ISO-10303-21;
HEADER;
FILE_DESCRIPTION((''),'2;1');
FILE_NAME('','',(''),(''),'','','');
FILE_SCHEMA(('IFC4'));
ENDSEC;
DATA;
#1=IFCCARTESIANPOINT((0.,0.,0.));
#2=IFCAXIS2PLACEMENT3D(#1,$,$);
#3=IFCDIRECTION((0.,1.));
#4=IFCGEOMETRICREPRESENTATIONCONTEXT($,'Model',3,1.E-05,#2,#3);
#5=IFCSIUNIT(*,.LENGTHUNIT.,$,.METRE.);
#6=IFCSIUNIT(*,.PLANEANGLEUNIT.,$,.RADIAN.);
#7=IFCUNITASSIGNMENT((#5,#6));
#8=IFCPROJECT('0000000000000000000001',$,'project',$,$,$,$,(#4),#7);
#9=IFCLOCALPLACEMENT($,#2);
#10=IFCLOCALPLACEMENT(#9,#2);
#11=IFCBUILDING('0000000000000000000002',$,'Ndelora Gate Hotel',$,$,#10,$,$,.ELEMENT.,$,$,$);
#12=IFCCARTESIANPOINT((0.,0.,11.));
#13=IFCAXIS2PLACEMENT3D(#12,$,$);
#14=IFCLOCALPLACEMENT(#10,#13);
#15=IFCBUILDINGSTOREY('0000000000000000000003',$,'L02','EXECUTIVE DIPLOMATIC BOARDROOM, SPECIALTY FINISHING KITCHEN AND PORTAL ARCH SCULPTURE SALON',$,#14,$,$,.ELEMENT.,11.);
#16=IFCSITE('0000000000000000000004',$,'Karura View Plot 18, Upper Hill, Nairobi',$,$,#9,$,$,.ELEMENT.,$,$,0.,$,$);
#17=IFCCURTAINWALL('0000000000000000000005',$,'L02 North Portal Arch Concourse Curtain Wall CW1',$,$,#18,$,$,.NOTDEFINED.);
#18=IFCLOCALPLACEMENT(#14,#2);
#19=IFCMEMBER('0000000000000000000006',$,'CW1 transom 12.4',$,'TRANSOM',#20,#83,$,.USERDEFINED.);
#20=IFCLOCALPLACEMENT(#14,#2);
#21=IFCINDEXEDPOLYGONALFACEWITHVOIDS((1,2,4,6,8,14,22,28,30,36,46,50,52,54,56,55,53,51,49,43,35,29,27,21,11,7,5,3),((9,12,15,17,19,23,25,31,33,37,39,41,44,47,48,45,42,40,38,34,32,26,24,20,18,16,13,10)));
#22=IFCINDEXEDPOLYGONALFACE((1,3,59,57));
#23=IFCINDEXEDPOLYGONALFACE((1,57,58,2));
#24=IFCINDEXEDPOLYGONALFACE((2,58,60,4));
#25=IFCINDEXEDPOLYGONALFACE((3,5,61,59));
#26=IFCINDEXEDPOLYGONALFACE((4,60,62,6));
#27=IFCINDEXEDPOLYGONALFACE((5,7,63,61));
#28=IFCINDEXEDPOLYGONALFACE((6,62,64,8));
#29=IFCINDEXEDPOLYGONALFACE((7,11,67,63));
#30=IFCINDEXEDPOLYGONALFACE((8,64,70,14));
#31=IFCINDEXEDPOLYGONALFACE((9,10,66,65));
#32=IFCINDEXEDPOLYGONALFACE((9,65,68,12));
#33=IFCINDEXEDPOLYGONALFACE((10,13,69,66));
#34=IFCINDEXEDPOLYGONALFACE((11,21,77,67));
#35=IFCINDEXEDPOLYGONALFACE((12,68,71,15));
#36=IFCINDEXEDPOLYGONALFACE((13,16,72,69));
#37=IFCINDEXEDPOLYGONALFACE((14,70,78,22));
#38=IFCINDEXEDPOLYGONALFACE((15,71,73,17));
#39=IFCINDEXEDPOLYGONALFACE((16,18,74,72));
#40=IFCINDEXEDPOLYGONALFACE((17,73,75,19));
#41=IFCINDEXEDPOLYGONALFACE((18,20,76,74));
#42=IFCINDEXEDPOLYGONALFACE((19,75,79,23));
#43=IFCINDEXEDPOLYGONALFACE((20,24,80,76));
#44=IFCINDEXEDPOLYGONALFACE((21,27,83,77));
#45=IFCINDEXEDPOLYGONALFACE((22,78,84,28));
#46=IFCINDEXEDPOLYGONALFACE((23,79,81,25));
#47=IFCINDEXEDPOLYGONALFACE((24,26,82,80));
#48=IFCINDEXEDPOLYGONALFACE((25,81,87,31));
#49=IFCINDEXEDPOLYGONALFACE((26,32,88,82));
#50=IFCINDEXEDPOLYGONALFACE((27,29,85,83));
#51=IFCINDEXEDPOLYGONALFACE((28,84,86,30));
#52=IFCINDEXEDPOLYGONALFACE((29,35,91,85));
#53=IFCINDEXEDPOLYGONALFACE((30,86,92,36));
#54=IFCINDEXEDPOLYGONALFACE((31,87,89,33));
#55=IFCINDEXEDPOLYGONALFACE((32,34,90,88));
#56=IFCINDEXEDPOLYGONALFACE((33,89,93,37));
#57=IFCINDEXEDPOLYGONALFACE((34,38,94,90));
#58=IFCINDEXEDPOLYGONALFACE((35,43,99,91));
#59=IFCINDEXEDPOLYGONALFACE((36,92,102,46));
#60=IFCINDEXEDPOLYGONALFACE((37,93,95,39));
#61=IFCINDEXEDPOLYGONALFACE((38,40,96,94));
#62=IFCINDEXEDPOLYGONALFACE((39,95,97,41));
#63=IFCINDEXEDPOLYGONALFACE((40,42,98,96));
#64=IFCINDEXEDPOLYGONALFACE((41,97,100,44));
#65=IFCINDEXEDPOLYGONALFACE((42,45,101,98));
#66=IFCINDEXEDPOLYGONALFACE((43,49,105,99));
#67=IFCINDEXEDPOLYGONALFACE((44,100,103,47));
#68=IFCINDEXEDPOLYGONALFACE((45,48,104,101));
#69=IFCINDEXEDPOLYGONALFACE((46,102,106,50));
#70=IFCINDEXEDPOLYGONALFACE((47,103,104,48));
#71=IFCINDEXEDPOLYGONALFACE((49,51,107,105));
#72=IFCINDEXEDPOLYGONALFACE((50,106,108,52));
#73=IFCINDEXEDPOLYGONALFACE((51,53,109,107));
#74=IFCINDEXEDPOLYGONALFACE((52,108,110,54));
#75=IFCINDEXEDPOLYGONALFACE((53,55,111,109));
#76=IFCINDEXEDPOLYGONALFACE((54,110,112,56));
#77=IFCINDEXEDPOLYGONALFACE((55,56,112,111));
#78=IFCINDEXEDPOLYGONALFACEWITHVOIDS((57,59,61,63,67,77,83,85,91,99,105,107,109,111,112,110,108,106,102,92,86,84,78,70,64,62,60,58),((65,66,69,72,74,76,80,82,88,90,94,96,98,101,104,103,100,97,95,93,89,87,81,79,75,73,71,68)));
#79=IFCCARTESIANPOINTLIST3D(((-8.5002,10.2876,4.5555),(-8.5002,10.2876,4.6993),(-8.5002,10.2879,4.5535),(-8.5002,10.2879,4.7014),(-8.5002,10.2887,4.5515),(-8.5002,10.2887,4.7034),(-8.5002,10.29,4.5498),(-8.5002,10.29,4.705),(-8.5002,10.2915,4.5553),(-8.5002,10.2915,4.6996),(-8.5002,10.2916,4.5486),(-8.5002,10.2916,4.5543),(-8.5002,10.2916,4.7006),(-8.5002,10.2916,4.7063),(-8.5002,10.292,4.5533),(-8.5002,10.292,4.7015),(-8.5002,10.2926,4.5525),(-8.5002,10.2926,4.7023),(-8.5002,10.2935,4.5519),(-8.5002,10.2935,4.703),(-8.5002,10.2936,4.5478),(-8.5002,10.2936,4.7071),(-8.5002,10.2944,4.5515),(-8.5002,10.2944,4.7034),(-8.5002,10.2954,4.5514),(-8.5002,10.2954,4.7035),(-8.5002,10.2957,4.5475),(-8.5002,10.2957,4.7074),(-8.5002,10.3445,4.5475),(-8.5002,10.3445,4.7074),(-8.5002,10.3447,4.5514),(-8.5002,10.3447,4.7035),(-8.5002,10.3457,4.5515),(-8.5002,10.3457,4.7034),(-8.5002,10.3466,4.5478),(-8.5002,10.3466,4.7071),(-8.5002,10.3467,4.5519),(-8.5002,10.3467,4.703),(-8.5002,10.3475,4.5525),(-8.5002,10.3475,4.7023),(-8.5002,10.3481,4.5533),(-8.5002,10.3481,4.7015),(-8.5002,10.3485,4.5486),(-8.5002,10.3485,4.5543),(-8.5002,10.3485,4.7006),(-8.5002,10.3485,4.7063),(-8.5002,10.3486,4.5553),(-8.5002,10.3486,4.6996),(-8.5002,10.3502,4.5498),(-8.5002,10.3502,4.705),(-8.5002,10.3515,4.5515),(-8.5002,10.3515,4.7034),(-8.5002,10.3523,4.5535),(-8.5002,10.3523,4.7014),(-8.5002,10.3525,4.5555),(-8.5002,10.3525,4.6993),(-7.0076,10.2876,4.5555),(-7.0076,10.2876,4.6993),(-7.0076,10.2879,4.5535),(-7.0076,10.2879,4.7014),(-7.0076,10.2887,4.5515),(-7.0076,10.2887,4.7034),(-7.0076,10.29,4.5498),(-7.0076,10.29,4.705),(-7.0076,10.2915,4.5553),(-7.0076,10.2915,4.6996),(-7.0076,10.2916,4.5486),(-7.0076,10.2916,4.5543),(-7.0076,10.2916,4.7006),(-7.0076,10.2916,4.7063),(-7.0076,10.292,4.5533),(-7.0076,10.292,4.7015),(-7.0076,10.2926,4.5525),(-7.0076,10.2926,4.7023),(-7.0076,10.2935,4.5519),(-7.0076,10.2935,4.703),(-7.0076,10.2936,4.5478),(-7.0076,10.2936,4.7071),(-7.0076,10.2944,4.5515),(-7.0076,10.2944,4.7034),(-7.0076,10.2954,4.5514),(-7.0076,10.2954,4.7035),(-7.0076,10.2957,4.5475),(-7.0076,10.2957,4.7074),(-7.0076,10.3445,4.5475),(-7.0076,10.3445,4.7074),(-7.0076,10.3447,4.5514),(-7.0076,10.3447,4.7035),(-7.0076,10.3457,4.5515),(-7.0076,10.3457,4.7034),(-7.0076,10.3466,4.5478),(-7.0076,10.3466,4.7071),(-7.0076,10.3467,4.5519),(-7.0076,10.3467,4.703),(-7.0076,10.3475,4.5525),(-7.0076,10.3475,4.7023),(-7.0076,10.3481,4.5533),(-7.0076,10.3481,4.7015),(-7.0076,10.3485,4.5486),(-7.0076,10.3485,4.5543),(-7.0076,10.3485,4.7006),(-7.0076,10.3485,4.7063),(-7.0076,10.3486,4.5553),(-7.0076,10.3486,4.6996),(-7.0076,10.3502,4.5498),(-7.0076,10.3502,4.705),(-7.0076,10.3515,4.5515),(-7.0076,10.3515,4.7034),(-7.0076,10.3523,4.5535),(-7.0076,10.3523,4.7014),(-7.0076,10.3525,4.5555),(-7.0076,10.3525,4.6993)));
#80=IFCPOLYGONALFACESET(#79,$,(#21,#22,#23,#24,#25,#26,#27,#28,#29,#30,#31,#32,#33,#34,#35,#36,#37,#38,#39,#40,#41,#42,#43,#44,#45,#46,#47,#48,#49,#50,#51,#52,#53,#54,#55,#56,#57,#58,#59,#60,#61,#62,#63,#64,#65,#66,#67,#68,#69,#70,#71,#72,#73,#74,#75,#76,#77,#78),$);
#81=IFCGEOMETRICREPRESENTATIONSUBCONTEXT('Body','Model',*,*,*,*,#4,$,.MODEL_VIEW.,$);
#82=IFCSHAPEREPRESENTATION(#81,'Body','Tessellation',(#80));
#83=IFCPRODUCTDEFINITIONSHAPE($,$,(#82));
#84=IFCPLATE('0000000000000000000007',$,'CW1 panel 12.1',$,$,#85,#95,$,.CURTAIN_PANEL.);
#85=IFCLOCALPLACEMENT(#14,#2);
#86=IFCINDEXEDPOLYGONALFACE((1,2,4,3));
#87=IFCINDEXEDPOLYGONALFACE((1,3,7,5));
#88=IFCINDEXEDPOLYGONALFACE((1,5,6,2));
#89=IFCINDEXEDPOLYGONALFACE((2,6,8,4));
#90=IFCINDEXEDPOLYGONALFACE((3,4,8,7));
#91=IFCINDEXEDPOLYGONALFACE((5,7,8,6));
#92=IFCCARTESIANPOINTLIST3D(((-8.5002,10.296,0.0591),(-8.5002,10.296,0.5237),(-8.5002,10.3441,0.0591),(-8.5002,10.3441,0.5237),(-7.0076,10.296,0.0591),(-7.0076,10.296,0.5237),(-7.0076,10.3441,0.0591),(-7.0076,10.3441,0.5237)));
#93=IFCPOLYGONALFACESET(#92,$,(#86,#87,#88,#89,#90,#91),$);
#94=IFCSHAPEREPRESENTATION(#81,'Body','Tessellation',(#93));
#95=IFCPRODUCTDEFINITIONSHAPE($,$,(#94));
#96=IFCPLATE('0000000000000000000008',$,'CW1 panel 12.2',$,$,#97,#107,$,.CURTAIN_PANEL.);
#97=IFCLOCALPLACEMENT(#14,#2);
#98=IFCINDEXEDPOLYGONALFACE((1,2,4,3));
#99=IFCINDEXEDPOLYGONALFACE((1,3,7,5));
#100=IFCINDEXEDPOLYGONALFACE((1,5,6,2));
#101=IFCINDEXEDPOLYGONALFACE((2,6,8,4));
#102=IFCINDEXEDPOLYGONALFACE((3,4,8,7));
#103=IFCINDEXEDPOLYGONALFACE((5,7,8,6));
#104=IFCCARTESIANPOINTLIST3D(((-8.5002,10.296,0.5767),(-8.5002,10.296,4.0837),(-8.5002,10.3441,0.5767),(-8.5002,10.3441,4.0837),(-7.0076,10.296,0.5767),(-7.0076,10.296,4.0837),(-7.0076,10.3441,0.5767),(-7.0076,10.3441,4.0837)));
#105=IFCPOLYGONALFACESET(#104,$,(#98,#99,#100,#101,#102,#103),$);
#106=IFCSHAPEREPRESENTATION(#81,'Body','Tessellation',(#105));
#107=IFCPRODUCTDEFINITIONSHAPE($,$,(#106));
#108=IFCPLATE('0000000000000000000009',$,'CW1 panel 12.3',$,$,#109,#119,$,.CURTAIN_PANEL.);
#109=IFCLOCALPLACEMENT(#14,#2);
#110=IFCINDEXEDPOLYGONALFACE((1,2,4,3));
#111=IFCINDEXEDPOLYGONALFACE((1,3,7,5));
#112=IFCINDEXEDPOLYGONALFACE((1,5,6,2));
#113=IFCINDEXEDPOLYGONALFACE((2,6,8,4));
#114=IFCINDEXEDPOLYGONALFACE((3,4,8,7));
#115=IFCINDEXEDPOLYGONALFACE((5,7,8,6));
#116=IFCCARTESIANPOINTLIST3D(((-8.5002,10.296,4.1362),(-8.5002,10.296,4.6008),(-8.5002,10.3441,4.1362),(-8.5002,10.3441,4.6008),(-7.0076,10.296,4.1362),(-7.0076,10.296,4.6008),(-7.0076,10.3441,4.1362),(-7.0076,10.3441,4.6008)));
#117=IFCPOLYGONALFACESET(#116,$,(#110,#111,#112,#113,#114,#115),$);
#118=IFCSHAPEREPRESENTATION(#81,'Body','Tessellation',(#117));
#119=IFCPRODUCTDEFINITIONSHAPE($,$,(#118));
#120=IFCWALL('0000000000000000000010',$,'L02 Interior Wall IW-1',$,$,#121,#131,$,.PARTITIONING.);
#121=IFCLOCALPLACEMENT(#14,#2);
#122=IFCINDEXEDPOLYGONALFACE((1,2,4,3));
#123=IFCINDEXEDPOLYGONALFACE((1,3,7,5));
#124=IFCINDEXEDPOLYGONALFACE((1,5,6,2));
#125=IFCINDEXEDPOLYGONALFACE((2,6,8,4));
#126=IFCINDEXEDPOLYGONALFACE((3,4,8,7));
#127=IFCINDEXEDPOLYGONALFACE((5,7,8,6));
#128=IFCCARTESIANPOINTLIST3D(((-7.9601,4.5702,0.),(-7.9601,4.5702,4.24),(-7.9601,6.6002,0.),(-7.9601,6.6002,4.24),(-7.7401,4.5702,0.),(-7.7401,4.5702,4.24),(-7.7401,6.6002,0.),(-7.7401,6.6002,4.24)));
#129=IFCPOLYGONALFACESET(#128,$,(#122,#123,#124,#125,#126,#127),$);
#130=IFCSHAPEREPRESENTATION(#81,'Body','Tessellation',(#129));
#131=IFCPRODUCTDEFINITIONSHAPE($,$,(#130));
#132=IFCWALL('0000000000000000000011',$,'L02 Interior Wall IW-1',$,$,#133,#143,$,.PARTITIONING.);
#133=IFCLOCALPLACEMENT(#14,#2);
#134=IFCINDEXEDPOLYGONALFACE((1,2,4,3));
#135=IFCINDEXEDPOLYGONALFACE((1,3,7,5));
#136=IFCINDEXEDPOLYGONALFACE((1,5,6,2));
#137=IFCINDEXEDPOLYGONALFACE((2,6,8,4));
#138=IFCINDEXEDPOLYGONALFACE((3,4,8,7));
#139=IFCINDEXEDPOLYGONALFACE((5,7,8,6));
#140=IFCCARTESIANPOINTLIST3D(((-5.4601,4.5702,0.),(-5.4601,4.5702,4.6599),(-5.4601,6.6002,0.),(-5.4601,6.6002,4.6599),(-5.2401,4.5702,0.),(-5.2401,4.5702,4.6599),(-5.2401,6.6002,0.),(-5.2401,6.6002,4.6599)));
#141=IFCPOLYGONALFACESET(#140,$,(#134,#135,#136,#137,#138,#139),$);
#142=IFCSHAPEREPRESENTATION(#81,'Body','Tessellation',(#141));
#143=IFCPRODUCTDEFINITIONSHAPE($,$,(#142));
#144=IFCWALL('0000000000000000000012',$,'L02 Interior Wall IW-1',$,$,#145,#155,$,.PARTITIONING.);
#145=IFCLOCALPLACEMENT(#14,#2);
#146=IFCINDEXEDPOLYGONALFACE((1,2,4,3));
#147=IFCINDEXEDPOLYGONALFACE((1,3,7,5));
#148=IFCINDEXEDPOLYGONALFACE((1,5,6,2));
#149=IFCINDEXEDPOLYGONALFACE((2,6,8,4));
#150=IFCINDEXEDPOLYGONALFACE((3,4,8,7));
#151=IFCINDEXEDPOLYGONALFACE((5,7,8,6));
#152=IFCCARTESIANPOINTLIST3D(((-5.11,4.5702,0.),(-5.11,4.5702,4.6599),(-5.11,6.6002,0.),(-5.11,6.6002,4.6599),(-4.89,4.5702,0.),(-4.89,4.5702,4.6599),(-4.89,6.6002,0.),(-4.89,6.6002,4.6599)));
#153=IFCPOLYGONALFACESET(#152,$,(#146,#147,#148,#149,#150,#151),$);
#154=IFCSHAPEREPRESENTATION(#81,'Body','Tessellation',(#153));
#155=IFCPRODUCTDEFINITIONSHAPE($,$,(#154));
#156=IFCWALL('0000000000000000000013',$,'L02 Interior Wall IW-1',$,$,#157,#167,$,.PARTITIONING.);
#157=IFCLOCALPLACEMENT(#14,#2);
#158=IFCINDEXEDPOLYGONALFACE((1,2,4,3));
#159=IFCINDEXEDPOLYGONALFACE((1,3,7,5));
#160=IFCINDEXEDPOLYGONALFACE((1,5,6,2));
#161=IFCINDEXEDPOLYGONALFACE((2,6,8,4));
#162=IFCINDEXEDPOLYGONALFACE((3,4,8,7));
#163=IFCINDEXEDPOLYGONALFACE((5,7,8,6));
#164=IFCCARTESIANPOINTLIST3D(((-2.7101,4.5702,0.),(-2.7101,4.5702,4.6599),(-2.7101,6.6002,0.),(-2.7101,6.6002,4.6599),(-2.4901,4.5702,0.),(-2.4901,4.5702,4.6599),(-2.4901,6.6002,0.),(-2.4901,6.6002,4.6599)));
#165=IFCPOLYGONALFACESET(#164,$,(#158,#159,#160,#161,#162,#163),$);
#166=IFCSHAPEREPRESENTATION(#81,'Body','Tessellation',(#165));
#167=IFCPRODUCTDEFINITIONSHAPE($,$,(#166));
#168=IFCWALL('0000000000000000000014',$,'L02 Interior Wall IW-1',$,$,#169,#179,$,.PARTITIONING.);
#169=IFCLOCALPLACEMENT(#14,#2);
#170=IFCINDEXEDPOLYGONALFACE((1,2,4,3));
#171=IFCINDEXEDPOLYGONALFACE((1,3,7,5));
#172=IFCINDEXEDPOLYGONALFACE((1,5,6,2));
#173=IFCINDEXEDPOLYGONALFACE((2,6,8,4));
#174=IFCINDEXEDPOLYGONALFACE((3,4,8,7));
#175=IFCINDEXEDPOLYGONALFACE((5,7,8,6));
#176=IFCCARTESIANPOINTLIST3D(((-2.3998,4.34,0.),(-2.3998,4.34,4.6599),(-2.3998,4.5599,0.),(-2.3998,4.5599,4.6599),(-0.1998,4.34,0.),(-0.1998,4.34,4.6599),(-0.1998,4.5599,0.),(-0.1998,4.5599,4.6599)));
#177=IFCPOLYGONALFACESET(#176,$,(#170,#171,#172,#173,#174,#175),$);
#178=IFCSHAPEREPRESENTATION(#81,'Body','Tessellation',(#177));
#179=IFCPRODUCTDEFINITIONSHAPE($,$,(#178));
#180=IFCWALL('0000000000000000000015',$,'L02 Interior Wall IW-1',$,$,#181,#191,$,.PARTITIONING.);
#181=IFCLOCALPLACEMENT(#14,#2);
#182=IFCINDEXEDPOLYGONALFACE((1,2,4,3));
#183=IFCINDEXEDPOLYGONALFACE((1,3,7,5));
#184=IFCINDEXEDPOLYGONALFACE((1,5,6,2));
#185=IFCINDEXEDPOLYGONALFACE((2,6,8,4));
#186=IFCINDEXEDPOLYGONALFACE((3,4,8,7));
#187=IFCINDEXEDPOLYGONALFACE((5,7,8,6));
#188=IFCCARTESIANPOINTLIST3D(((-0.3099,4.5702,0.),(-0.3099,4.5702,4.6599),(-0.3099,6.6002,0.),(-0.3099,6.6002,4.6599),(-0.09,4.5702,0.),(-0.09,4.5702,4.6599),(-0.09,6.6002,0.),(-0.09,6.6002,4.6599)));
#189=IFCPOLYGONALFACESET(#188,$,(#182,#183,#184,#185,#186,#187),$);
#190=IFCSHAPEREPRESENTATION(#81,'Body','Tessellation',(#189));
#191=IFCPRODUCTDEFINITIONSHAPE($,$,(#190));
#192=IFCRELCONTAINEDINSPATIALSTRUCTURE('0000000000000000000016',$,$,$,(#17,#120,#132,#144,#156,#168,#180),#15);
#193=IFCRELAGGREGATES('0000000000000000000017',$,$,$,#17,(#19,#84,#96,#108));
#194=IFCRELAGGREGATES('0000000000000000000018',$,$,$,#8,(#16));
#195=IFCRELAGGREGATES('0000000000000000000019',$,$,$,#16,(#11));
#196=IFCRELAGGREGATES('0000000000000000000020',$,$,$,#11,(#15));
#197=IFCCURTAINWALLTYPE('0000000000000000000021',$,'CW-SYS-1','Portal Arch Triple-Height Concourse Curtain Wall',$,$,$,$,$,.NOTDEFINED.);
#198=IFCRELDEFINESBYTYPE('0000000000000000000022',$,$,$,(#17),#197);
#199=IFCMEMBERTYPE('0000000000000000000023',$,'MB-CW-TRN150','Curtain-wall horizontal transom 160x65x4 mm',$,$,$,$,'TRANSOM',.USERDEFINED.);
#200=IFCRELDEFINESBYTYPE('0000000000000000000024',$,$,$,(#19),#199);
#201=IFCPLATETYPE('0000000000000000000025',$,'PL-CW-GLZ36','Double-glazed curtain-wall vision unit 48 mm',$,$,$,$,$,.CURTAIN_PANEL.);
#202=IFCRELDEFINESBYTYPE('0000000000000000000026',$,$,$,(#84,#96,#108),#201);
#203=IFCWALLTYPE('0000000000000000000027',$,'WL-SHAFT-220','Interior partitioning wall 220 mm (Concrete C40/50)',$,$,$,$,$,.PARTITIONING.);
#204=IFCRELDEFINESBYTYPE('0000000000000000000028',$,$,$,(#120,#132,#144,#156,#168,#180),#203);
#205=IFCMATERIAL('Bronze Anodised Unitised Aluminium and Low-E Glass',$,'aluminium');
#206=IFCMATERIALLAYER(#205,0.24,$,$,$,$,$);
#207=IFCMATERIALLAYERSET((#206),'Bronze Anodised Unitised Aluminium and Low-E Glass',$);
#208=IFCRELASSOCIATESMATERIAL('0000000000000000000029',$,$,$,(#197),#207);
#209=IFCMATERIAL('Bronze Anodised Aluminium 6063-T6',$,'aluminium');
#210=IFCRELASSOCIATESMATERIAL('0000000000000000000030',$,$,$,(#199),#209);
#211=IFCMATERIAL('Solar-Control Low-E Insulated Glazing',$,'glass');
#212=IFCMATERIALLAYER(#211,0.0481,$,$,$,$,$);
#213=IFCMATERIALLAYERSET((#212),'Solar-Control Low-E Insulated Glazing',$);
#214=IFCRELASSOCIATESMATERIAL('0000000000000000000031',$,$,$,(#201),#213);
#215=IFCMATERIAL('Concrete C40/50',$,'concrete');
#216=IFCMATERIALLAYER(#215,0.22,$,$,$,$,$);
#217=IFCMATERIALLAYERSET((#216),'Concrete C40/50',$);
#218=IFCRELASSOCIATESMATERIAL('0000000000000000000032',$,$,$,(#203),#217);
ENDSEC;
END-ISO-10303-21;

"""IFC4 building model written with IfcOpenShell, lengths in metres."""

from ifc_helpers import new_model, si_unit, direction, frame, frame_2d, origin, origin_2d, place, context, subcontext, project, spatial, rectangle, hollow_rectangle, extrude, material, layer, layer_set, material_profile, profile_set, type_object, element, aggregate, save


model = new_model("IFC4")

# Units and contexts
model_context = context("Model", 3, precision=1e-05, world=origin(), true_north=direction((0.0, 1.0)))
body_context = subcontext(model_context, "Body", "Model", "MODEL_VIEW")
ifc_project = project(units=[si_unit("LENGTHUNIT", "METRE"), si_unit("PLANEANGLEUNIT", "RADIAN")], contexts=[model_context])

# Site, building, storey
site_placement = place(None, origin())
site = spatial("IfcSite", under=ifc_project, at=site_placement, Name="Karura View Plot 18, Upper Hill, Nairobi", CompositionType="ELEMENT", RefElevation=0.0)
building_placement = place(site_placement, origin())
building = spatial("IfcBuilding", under=site, at=building_placement, Name="Ndelora Gate Hotel", CompositionType="ELEMENT")
storey_placement = place(building_placement, frame((0.0, 0.0, 11.0)))
storey = spatial("IfcBuildingStorey", under=building, at=storey_placement, Name="L02", Description="EXECUTIVE DIPLOMATIC BOARDROOM, SPECIALTY FINISHING KITCHEN AND PORTAL ARCH SCULPTURE SALON", CompositionType="ELEMENT", Elevation=11.0)

# Curtain wall, member, plates
ifc_material_1 = material(Name="Bronze Anodised Unitised Aluminium and Low-E Glass", Category="aluminium")
ifc_layer_1 = layer(ifc_material_1, 0.24)
ifc_layer_set_1 = layer_set([ifc_layer_1], Name="Bronze Anodised Unitised Aluminium and Low-E Glass")
curtain_wall_type = type_object("IfcCurtainWallType", Name="CW-SYS-1", Description="Portal Arch Triple-Height Concourse Curtain Wall", PredefinedType="NOTDEFINED", material=ifc_layer_set_1)
curtain_wall_placement = place(storey_placement, origin())
curtain_wall = element("IfcCurtainWall", 1, at=curtain_wall_placement, inside=storey, type_object=curtain_wall_type, Name="L02 North Portal Arch Concourse Curtain Wall CW1", PredefinedType="NOTDEFINED")
ifc_material_2 = material(Name="Bronze Anodised Aluminium 6063-T6", Category="aluminium")
ifc_material_profile_1 = material_profile(ifc_material_2, hollow_rectangle(XDim=0.0649, YDim=0.1599, WallThickness=0.0039, InnerFilletRadius=0.0039, OuterFilletRadius=0.0081, at=origin_2d()), Name="ALU 160x65x4")
ifc_profile_set_1 = profile_set([ifc_material_profile_1], Name="Bronze Anodised Aluminium 6063-T6")
member_type = type_object("IfcMemberType", Name="MB-CW-TRN150", Description="Curtain-wall horizontal transom 160x65x4 mm", ElementType="TRANSOM", PredefinedType="USERDEFINED", material=ifc_profile_set_1)
member_1_placement = place(storey_placement, frame((-7.0076, 10.3201, 4.6274), z_axis=(-1.0, 0.0, 0.0), x_axis=(0.0, -1.0, 0.0)))
member_1 = element("IfcMember", 2, at=member_1_placement, type_object=member_type, Name="CW1 transom 12.4", ObjectType="TRANSOM", PredefinedType="USERDEFINED", context=body_context, shape_type="SweptSolid", body=[
    extrude(hollow_rectangle(XDim=0.0649, YDim=0.1599, WallThickness=0.0039, InnerFilletRadius=0.0039, OuterFilletRadius=0.0081, at=origin_2d()), origin(), (0.0, 0.0, 1.0), 1.4927),
])
ifc_material_3 = material(Name="Solar-Control Low-E Insulated Glazing", Category="glass")
ifc_layer_2 = layer(ifc_material_3, 0.0481)
ifc_layer_set_2 = layer_set([ifc_layer_2], Name="Solar-Control Low-E Insulated Glazing")
plate_type = type_object("IfcPlateType", Name="PL-CW-GLZ36", Description="Double-glazed curtain-wall vision unit 48 mm", PredefinedType="CURTAIN_PANEL", material=ifc_layer_set_2)
plate_1_placement = place(storey_placement, frame((-7.7539, 10.3201, 0.0591), z_axis=(0.0, 0.0, 1.0), x_axis=(-1.0, 0.0, 0.0)))
plate_1 = element("IfcPlate", 3, at=plate_1_placement, type_object=plate_type, Name="CW1 panel 12.1", PredefinedType="CURTAIN_PANEL", context=body_context, shape_type="SweptSolid", body=[
    extrude(rectangle(XDim=1.4927, YDim=0.0481, at=origin_2d()), origin(), (0.0, 0.0, 1.0), 0.4646),
])
plate_2_placement = place(storey_placement, frame((-7.7539, 10.3201, 0.5767), z_axis=(0.0, 0.0, 1.0), x_axis=(-1.0, 0.0, 0.0)))
plate_2 = element("IfcPlate", 4, at=plate_2_placement, type_object=plate_type, Name="CW1 panel 12.2", PredefinedType="CURTAIN_PANEL", context=body_context, shape_type="SweptSolid", body=[
    extrude(rectangle(XDim=1.4927, YDim=0.0481, at=origin_2d()), origin(), (0.0, 0.0, 1.0), 3.5071),
])
plate_3_placement = place(storey_placement, frame((-7.7539, 10.3201, 4.1362), z_axis=(0.0, 0.0, 1.0), x_axis=(-1.0, 0.0, 0.0)))
plate_3 = element("IfcPlate", 5, at=plate_3_placement, type_object=plate_type, Name="CW1 panel 12.3", PredefinedType="CURTAIN_PANEL", context=body_context, shape_type="SweptSolid", body=[
    extrude(rectangle(XDim=1.4927, YDim=0.0481, at=origin_2d()), origin(), (0.0, 0.0, 1.0), 0.4646),
])
aggregate(curtain_wall, [member_1, plate_1, plate_2, plate_3])

# Shared definitions
ifc_material_4 = material(Name="Concrete C40/50", Category="concrete")
ifc_layer_3 = layer(ifc_material_4, 0.22)
ifc_layer_set_3 = layer_set([ifc_layer_3], Name="Concrete C40/50")
wall_type = type_object("IfcWallType", Name="WL-SHAFT-220", Description="Interior partitioning wall 220 mm (Concrete C40/50)", PredefinedType="PARTITIONING", material=ifc_layer_set_3)

# Walls
wall_1_placement = place(storey_placement, frame((-7.8501, 4.5701, 0.0), z_axis=(0.0, 0.0, 1.0), x_axis=(0.0, 1.0, 0.0)))
element("IfcWall", 6, at=wall_1_placement, inside=storey, type_object=wall_type, Name="L02 Interior Wall IW-1", PredefinedType="PARTITIONING", context=body_context, shape_type="SweptSolid", body=[
    extrude(rectangle(XDim=2.03, YDim=0.22, at=frame_2d((1.0151, 0.0))), origin(), (0.0, 0.0, 1.0), 4.24),
])
wall_2_placement = place(storey_placement, frame((-5.3501, 4.5701, 0.0), z_axis=(0.0, 0.0, 1.0), x_axis=(0.0, 1.0, 0.0)))
element("IfcWall", 7, at=wall_2_placement, inside=storey, type_object=wall_type, Name="L02 Interior Wall IW-1", PredefinedType="PARTITIONING", context=body_context, shape_type="SweptSolid", body=[
    extrude(rectangle(XDim=2.03, YDim=0.22, at=frame_2d((1.0151, 0.0))), origin(), (0.0, 0.0, 1.0), 4.6599),
])

# Walls
for number, where, z_axis, x_axis, name in (
    (8, (-5.0, 4.5701, 0.0), (0.0, 0.0, 1.0), (0.0, 1.0, 0.0), "L02 Interior Wall IW-1"),
    (9, (-2.6001, 4.5701, 0.0), (0.0, 0.0, 1.0), (0.0, 1.0, 0.0), "L02 Interior Wall IW-1"),
):
    element("IfcWall", number, at=place(storey_placement, frame(where, z_axis=z_axis, x_axis=x_axis)), inside=storey, type_object=wall_type, Name=name, PredefinedType="PARTITIONING", context=body_context, shape_type="SweptSolid", body=[
        extrude(rectangle(XDim=2.03, YDim=0.22, at=frame_2d((1.0151, 0.0))), origin(), (0.0, 0.0, 1.0), 4.6599),
    ])
wall_3_placement = place(storey_placement, frame((-2.3999, 4.45, 0.0), z_axis=(0.0, 0.0, 1.0), x_axis=(1.0, 0.0, 0.0)))
element("IfcWall", 10, at=wall_3_placement, inside=storey, type_object=wall_type, Name="L02 Interior Wall IW-1", PredefinedType="PARTITIONING", context=body_context, shape_type="SweptSolid", body=[
    extrude(rectangle(XDim=2.2, YDim=0.22, at=frame_2d((1.1001, 0.0))), origin(), (0.0, 0.0, 1.0), 4.6599),
])
wall_4_placement = place(storey_placement, frame((-0.2, 4.5701, 0.0), z_axis=(0.0, 0.0, 1.0), x_axis=(0.0, 1.0, 0.0)))
element("IfcWall", 11, at=wall_4_placement, inside=storey, type_object=wall_type, Name="L02 Interior Wall IW-1", PredefinedType="PARTITIONING", context=body_context, shape_type="SweptSolid", body=[
    extrude(rectangle(XDim=2.03, YDim=0.22, at=frame_2d((1.0151, 0.0))), origin(), (0.0, 0.0, 1.0), 4.6599),
])

save(model, "model.ifc")
